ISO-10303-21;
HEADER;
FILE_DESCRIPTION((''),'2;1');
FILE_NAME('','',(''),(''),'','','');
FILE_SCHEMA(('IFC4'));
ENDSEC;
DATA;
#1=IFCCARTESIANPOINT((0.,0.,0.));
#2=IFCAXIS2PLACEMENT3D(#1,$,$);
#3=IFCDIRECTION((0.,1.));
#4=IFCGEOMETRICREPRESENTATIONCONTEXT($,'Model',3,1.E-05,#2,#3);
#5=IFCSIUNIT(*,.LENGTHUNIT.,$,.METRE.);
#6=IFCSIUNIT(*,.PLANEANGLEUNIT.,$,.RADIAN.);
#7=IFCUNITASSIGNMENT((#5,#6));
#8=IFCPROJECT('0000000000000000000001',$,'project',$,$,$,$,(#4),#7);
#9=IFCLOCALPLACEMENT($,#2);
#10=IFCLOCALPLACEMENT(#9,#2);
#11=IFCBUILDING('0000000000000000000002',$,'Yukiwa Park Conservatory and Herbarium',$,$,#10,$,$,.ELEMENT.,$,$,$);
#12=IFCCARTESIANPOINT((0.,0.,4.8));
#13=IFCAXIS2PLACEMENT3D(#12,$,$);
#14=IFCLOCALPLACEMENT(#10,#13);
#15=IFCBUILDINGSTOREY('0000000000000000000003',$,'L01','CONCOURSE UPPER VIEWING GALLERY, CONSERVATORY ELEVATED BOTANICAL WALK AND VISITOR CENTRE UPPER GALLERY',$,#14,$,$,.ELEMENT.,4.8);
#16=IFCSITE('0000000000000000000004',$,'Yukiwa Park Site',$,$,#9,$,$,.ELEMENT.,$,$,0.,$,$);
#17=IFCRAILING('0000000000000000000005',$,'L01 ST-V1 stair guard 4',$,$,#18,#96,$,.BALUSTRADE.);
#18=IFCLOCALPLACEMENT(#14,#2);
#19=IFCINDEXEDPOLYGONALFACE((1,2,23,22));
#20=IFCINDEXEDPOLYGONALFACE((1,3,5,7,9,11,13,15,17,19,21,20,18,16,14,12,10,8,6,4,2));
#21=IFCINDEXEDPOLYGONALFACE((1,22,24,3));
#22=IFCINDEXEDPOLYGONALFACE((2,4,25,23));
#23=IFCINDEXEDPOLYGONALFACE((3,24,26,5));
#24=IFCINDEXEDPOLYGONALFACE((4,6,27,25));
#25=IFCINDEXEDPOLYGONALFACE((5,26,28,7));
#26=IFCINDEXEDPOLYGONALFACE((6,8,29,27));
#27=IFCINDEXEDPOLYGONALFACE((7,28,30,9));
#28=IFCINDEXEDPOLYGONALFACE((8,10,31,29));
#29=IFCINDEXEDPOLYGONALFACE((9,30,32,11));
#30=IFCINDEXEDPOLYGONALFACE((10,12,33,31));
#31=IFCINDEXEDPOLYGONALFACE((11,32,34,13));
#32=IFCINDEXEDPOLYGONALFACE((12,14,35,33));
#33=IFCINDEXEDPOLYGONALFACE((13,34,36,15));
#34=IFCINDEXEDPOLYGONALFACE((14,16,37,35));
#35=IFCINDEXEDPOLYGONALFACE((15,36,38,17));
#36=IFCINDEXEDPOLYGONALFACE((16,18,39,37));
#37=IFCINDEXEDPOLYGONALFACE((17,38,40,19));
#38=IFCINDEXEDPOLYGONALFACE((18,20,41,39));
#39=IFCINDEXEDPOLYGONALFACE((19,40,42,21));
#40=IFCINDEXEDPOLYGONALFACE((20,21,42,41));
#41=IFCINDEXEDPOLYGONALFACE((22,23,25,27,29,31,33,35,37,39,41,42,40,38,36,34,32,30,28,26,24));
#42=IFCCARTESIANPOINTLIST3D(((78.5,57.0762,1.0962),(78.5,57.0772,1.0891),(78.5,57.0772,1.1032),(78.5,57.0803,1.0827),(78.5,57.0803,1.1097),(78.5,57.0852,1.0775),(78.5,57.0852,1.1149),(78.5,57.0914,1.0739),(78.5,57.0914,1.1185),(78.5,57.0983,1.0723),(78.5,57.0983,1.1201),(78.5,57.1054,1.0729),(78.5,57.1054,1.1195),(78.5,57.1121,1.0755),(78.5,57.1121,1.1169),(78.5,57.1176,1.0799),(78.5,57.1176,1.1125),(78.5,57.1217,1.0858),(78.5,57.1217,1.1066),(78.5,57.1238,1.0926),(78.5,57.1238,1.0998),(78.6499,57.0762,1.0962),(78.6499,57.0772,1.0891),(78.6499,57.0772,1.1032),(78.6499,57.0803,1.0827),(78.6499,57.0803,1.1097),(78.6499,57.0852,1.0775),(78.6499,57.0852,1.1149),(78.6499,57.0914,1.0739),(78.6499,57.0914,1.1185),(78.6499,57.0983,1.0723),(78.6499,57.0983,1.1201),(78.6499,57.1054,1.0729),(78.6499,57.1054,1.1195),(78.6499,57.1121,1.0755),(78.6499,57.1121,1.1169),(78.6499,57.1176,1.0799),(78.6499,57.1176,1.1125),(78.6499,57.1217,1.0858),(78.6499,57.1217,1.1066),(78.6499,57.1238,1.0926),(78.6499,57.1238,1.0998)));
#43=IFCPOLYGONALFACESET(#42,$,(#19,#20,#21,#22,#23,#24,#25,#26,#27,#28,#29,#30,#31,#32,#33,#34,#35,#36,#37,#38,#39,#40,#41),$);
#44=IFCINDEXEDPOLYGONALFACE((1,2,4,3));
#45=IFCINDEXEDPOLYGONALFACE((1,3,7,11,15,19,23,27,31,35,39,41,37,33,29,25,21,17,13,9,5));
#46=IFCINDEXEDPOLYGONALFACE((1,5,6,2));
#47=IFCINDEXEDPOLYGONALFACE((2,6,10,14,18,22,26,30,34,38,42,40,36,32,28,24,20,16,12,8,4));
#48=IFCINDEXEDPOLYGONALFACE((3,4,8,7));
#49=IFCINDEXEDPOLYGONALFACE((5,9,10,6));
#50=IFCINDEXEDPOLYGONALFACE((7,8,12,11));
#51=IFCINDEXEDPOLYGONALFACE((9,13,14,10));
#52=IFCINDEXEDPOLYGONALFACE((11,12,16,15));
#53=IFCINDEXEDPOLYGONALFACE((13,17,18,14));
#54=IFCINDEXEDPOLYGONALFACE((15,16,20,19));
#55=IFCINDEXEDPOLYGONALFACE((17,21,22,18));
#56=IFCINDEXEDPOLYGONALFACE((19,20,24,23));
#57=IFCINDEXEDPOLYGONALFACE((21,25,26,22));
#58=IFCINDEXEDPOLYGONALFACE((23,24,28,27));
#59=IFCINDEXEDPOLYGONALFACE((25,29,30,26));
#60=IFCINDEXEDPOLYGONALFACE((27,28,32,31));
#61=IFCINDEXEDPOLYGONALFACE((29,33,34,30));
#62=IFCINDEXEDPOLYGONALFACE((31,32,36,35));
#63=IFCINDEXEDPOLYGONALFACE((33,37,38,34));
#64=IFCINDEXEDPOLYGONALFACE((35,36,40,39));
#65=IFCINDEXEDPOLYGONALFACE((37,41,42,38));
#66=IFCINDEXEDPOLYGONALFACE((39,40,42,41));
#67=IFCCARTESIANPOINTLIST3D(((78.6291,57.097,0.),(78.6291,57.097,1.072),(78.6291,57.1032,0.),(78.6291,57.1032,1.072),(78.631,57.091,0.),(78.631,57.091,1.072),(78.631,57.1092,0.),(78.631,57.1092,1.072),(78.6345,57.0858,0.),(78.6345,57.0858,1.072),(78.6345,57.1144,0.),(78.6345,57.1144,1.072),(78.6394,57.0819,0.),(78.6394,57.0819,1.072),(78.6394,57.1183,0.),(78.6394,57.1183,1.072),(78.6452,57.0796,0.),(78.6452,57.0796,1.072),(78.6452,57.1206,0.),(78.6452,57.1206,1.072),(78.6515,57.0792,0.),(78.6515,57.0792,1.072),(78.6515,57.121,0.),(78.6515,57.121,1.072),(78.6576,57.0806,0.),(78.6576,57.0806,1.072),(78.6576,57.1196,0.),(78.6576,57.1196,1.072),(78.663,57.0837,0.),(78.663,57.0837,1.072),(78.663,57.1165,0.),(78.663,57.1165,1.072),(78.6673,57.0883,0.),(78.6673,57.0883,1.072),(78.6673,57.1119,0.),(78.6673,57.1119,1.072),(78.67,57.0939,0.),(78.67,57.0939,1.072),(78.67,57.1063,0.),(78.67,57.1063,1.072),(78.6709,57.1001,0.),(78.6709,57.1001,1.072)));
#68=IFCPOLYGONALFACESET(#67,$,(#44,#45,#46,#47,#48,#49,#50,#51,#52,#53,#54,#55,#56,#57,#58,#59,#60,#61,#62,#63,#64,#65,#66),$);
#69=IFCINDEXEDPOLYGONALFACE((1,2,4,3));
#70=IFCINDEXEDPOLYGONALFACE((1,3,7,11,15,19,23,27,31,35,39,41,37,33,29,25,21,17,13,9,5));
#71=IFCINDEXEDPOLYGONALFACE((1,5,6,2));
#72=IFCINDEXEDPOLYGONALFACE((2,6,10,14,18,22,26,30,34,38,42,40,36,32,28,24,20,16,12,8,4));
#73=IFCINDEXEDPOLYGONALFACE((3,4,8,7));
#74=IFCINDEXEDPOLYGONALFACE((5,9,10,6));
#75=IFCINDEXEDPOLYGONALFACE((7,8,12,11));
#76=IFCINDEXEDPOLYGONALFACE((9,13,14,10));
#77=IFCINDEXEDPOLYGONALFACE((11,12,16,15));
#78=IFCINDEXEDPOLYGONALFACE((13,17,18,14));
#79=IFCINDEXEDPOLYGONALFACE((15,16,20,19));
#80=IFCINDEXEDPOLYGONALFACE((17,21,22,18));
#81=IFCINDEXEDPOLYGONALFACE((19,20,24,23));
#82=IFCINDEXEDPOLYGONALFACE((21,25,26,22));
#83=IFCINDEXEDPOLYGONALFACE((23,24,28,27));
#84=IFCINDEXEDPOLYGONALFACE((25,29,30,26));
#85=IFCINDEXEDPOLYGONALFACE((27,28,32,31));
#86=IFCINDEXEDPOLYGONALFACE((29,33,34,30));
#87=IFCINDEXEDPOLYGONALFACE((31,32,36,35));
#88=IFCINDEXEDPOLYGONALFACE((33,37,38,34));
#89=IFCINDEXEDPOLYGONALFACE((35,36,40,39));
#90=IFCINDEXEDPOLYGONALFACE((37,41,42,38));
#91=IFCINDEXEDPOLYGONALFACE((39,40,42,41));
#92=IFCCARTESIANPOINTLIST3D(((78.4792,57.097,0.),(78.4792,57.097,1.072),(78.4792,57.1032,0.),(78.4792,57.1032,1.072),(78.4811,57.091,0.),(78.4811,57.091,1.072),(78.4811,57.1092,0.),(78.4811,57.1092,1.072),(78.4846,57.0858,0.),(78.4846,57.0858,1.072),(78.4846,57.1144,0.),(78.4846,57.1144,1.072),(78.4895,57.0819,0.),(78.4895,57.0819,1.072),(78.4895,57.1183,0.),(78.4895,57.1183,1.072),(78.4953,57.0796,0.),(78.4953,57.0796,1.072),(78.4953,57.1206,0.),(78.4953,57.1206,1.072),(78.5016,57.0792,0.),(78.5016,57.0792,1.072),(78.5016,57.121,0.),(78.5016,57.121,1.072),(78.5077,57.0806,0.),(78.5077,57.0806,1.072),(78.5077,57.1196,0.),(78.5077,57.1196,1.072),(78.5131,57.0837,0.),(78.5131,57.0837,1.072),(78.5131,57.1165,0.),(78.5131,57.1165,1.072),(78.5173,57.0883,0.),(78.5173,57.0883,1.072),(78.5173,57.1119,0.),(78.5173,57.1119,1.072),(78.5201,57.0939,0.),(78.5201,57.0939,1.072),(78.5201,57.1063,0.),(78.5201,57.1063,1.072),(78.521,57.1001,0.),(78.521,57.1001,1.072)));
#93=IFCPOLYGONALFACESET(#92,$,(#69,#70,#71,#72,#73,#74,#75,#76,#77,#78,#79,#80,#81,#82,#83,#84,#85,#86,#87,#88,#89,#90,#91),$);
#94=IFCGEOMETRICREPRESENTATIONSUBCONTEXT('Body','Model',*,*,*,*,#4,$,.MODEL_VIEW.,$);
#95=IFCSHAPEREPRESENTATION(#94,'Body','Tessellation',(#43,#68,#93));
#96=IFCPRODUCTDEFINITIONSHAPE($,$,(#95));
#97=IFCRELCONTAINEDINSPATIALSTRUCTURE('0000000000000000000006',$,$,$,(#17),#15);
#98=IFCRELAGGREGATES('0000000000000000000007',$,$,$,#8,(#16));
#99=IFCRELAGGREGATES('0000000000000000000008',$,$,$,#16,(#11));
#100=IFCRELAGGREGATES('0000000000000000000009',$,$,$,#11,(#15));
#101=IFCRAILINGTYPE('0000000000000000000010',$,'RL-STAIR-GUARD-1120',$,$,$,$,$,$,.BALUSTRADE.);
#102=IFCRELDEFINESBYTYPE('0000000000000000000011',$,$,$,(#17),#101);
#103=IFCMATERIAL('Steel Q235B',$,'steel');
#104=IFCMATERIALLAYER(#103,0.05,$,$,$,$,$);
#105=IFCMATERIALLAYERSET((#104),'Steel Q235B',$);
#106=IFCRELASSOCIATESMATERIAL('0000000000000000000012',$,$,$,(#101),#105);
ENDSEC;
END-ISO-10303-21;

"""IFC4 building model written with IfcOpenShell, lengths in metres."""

from ifc_helpers import new_model, si_unit, direction, frame, origin, origin_2d, place, context, subcontext, project, spatial, circle, extrude, material, layer, layer_set, type_object, element, save


model = new_model("IFC4")

# Units and contexts
model_context = context("Model", 3, precision=1e-05, world=origin(), true_north=direction((0.0, 1.0)))
body_context = subcontext(model_context, "Body", "Model", "MODEL_VIEW")
ifc_project = project(units=[si_unit("LENGTHUNIT", "METRE"), si_unit("PLANEANGLEUNIT", "RADIAN")], contexts=[model_context])

# Site, building, storey
site_placement = place(None, origin())
site = spatial("IfcSite", under=ifc_project, at=site_placement, Name="Yukiwa Park Site", CompositionType="ELEMENT", RefElevation=0.0)
building_placement = place(site_placement, origin())
building = spatial("IfcBuilding", under=site, at=building_placement, Name="Yukiwa Park Conservatory and Herbarium", CompositionType="ELEMENT")
storey_placement = place(building_placement, frame((0.0, 0.0, 4.8)))
storey = spatial("IfcBuildingStorey", under=building, at=storey_placement, Name="L01", Description="CONCOURSE UPPER VIEWING GALLERY, CONSERVATORY ELEVATED BOTANICAL WALK AND VISITOR CENTRE UPPER GALLERY", CompositionType="ELEMENT", Elevation=4.8)

# Railing
ifc_material_1 = material(Name="Steel Q235B", Category="steel")
ifc_layer_1 = layer(ifc_material_1, 0.05)
ifc_layer_set_1 = layer_set([ifc_layer_1], Name="Steel Q235B")
railing_type_1 = type_object("IfcRailingType", Name="RL-STAIR-GUARD-1120", PredefinedType="BALUSTRADE", material=ifc_layer_set_1)
railing_1_placement = place(storey_placement, frame((78.6499, 57.1001, 0.0)))
element("IfcRailing", 1, at=railing_1_placement, inside=storey, type_object=railing_type_1, Name="L01 ST-V1 stair guard 4", PredefinedType="BALUSTRADE", context=body_context, shape_type="SweptSolid", body=[
    extrude(circle(Radius=0.0239, at=origin_2d()), frame((0.0, 0.0, 1.0962), z_axis=(-1.0, 0.0, 0.0), x_axis=(0.0, -1.0, 0.0)), (0.0, 0.0, 1.0), 0.1499),
    extrude(circle(Radius=0.021, at=origin_2d()), origin(), (0.0, 0.0, 1.0), 1.072),
    extrude(circle(Radius=0.021, at=origin_2d()), frame((-0.1499, 0.0, 0.0)), (0.0, 0.0, 1.0), 1.072),
])

save(model, "model.ifc")
